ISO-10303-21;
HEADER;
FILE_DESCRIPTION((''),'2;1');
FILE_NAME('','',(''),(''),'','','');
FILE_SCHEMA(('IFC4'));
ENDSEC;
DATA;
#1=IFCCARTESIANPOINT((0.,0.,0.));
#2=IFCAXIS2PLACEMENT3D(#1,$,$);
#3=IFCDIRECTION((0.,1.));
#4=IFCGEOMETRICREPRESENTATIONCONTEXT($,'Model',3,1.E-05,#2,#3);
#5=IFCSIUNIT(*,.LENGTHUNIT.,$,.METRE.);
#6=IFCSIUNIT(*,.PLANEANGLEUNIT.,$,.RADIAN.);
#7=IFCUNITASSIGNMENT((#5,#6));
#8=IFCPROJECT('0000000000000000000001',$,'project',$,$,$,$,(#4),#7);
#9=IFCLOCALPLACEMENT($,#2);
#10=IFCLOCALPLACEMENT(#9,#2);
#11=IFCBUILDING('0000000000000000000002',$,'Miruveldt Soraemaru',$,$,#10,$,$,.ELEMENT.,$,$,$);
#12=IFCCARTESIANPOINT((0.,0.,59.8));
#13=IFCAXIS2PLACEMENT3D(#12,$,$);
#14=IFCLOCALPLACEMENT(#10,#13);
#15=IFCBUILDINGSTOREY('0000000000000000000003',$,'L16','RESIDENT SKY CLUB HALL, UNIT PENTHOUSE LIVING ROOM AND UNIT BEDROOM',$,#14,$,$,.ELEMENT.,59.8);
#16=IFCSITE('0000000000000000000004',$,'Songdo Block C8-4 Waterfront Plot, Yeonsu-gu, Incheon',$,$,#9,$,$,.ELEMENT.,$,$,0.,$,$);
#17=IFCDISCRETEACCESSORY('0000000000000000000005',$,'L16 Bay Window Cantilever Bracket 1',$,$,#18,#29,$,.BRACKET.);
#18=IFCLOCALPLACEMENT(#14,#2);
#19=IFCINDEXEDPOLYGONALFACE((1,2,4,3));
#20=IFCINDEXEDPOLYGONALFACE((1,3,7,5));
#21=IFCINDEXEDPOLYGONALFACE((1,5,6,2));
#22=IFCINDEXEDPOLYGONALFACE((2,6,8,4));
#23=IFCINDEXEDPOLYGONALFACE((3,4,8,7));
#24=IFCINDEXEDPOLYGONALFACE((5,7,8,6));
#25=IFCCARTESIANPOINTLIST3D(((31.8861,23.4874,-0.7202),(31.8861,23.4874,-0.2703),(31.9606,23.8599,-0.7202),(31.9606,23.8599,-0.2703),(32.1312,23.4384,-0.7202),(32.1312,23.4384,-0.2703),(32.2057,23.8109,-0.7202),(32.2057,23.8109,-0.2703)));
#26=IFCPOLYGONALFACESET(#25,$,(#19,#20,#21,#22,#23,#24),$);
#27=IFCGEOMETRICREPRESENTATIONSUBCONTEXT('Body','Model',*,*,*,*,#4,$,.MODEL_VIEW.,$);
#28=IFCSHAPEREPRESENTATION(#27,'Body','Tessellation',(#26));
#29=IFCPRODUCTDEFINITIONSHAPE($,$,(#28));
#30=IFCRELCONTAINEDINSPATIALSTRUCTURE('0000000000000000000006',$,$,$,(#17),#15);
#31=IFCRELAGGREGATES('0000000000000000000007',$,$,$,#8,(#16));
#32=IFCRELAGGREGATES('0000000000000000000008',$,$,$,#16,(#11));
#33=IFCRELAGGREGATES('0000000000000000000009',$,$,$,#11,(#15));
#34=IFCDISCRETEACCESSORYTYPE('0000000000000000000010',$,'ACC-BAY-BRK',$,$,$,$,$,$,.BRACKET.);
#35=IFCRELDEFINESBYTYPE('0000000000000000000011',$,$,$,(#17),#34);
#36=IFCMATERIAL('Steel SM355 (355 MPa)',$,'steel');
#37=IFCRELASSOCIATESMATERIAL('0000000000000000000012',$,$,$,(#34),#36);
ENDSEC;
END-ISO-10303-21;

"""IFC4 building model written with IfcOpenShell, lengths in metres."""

from ifc_helpers import new_model, si_unit, direction, frame, origin, origin_2d, place, context, subcontext, project, spatial, rectangle, extrude, material, type_object, element, save


model = new_model("IFC4")

# Units and contexts
model_context = context("Model", 3, precision=1e-05, world=origin(), true_north=direction((0.0, 1.0)))
body_context = subcontext(model_context, "Body", "Model", "MODEL_VIEW")
ifc_project = project(units=[si_unit("LENGTHUNIT", "METRE"), si_unit("PLANEANGLEUNIT", "RADIAN")], contexts=[model_context])

# Site, building, storey
site_placement = place(None, origin())
site = spatial("IfcSite", under=ifc_project, at=site_placement, Name="Songdo Block C8-4 Waterfront Plot, Yeonsu-gu, Incheon", CompositionType="ELEMENT", RefElevation=0.0)
building_placement = place(site_placement, origin())
building = spatial("IfcBuilding", under=site, at=building_placement, Name="Miruveldt Soraemaru", CompositionType="ELEMENT")
storey_placement = place(building_placement, frame((0.0, 0.0, 59.8)))
storey = spatial("IfcBuildingStorey", under=building, at=storey_placement, Name="L16", Description="RESIDENT SKY CLUB HALL, UNIT PENTHOUSE LIVING ROOM AND UNIT BEDROOM", CompositionType="ELEMENT", Elevation=59.8)

# Discrete accessory
ifc_material_1 = material(Name="Steel SM355 (355 MPa)", Category="steel")
discrete_accessory_type = type_object("IfcDiscreteAccessoryType", Name="ACC-BAY-BRK", PredefinedType="BRACKET", material=ifc_material_1)
discrete_accessory_placement = place(storey_placement, frame((32.0459, 23.6492, -0.7202), z_axis=(0.0, 0.0, 1.0), x_axis=(-0.196117, -0.98058, 0.0)))
element("IfcDiscreteAccessory", 1, at=discrete_accessory_placement, inside=storey, type_object=discrete_accessory_type, Name="L16 Bay Window Cantilever Bracket 1", PredefinedType="BRACKET", context=body_context, shape_type="SweptSolid", body=[
    extrude(rectangle(XDim=0.3799, YDim=0.25, at=origin_2d()), origin(), (0.0, 0.0, 1.0), 0.45),
])

save(model, "model.ifc")
